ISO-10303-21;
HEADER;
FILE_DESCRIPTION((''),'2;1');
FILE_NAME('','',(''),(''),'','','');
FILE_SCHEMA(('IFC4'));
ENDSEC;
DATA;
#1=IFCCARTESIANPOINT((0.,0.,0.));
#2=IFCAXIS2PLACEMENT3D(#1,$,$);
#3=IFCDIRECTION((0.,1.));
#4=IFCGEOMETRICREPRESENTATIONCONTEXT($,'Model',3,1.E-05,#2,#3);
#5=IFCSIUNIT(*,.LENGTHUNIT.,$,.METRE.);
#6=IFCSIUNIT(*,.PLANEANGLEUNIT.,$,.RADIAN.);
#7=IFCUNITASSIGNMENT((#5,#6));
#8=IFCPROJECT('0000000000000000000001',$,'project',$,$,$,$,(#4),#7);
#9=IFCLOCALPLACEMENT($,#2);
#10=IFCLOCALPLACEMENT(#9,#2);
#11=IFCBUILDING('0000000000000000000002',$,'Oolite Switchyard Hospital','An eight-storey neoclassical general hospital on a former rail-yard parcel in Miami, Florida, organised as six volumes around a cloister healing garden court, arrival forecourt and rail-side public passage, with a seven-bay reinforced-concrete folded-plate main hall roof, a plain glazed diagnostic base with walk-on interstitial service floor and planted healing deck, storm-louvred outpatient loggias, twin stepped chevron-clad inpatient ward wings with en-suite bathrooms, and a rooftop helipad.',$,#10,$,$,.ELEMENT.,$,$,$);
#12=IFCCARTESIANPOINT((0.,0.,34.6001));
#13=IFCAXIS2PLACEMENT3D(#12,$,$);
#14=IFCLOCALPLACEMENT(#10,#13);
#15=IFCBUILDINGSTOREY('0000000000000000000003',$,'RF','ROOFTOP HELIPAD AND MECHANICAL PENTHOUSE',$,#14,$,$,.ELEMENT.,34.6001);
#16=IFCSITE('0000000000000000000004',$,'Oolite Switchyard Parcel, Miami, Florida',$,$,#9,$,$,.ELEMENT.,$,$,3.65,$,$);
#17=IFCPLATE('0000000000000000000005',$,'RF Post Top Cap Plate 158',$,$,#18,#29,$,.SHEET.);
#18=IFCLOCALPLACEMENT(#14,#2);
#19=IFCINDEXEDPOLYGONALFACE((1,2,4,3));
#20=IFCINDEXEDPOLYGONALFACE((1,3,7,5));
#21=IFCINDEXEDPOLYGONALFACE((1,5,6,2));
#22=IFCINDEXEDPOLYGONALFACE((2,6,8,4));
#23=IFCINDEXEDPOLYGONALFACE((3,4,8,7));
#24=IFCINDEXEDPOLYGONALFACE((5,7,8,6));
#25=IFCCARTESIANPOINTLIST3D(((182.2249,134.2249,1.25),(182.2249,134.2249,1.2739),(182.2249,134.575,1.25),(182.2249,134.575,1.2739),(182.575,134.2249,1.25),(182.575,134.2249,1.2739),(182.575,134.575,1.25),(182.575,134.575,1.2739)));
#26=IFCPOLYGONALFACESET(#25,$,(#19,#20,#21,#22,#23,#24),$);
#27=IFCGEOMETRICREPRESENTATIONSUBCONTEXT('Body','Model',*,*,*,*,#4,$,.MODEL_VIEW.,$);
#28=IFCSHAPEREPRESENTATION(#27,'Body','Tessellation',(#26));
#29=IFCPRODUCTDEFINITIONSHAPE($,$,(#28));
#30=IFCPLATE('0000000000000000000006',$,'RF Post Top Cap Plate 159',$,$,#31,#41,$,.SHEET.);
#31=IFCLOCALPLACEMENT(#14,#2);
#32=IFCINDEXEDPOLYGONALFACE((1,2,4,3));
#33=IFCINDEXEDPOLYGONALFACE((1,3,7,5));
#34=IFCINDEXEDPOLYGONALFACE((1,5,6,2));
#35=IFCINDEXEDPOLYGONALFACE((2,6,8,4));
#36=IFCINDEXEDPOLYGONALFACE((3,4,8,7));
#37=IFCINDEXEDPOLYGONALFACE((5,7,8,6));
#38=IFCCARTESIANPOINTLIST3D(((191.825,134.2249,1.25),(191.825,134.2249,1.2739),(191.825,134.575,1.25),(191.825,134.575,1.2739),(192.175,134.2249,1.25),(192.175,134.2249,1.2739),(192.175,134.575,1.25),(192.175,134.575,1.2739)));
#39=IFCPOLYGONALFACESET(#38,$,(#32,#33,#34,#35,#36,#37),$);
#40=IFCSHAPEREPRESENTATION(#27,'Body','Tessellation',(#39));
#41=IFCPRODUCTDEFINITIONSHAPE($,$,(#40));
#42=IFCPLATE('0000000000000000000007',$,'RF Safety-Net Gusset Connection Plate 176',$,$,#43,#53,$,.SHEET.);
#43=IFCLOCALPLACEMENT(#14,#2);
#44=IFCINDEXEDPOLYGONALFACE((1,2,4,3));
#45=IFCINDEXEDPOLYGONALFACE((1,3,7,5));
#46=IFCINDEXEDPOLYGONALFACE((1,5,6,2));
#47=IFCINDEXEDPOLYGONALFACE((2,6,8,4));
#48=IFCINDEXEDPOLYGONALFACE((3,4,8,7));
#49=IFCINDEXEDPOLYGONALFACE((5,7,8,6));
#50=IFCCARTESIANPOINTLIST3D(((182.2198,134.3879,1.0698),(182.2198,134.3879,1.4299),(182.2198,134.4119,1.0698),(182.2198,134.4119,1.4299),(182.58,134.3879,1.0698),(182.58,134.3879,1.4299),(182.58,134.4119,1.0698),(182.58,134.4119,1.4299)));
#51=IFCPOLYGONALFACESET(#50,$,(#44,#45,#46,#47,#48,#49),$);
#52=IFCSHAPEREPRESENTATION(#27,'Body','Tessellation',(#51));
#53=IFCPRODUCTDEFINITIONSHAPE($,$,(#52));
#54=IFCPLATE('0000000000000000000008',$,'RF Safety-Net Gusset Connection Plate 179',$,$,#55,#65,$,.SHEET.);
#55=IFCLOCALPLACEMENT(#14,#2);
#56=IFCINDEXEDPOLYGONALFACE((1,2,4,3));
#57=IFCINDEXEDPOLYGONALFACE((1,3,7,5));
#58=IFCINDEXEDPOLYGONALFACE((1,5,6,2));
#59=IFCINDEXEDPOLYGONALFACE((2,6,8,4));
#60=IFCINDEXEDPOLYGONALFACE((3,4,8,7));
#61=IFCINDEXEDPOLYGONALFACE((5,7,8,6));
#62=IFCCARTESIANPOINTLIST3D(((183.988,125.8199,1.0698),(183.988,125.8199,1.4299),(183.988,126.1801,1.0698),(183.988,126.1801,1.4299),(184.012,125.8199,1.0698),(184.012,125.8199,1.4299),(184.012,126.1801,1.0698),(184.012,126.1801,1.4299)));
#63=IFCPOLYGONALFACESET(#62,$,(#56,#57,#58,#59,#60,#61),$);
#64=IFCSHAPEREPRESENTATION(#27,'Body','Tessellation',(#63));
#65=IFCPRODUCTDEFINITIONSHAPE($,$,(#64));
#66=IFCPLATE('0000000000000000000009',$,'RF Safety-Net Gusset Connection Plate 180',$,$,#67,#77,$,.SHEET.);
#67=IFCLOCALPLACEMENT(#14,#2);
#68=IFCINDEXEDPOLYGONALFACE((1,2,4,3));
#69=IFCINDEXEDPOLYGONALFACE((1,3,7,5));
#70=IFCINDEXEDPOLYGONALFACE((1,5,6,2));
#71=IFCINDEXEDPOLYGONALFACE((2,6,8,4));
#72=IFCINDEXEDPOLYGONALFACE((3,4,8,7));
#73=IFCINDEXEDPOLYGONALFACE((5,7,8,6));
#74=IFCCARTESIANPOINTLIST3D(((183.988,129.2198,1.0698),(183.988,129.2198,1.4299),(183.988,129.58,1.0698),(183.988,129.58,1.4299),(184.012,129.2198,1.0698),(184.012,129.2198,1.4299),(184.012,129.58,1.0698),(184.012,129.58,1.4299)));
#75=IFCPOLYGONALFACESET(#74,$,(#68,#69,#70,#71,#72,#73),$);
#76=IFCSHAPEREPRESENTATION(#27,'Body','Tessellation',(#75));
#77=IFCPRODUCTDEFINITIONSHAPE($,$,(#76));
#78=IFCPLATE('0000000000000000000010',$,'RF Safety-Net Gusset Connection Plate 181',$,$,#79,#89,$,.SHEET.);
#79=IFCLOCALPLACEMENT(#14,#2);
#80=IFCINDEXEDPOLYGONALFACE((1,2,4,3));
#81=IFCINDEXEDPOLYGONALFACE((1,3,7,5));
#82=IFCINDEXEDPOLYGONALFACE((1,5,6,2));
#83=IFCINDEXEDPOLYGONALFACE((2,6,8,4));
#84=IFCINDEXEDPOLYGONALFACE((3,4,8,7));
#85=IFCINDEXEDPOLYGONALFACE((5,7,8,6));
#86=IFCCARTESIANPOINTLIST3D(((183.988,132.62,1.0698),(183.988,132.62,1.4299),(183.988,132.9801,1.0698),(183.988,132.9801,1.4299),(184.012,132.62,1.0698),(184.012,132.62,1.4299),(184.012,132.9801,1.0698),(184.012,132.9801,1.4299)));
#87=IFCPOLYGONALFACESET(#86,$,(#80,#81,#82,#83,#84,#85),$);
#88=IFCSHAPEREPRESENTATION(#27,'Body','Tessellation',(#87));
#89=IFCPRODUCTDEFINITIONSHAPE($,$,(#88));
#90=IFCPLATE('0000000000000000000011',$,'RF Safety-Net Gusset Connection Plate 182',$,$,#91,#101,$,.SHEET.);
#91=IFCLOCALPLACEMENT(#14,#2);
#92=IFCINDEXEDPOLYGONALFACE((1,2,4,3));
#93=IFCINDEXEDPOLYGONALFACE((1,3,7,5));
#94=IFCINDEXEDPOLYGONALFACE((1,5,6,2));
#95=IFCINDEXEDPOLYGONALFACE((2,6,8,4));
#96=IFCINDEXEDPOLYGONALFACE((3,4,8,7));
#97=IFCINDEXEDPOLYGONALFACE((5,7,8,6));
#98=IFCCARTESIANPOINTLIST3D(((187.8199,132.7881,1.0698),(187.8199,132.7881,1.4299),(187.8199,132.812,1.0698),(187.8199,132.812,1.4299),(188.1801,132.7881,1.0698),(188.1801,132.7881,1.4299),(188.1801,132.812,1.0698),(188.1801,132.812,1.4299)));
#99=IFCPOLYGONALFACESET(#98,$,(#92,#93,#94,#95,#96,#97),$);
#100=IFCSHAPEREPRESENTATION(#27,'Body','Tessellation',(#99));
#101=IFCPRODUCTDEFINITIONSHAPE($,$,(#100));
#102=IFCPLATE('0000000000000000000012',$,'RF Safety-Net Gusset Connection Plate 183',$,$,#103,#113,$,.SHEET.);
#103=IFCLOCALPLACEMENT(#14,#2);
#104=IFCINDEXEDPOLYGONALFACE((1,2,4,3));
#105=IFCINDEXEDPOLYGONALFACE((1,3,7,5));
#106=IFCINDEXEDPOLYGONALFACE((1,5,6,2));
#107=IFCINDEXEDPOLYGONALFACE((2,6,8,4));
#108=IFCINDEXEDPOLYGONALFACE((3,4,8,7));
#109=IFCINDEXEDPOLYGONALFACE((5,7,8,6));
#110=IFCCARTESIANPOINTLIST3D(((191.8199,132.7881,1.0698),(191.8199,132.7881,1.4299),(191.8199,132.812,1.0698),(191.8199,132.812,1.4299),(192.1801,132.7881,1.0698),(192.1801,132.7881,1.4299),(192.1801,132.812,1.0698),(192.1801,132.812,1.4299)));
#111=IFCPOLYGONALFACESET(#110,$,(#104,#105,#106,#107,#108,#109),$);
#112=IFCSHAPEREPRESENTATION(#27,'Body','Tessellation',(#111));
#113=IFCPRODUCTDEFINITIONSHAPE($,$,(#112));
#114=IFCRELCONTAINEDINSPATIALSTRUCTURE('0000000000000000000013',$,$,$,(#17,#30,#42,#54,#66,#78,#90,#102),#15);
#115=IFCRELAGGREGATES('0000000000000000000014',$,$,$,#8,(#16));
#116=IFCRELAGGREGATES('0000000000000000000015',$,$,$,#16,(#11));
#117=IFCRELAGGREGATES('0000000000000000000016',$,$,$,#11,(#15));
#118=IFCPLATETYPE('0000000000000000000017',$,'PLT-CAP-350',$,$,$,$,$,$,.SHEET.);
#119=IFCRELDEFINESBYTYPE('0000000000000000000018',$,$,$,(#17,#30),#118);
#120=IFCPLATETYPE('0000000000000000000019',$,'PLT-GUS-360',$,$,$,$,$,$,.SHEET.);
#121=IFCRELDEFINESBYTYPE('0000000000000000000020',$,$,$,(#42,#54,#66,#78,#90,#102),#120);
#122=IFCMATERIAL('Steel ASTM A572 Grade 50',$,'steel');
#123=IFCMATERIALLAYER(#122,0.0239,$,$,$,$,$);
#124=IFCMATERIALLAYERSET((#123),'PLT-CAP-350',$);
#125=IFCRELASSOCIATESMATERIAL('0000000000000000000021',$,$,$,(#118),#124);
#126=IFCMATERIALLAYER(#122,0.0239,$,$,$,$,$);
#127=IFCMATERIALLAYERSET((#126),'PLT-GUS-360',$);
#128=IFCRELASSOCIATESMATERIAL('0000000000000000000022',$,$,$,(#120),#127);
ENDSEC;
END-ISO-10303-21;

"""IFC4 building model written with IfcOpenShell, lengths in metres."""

from ifc_helpers import new_model, si_unit, direction, frame, origin, origin_2d, place, context, subcontext, project, spatial, rectangle, extrude, material, layer, layer_set, type_object, element, save


model = new_model("IFC4")

# Units and contexts
model_context = context("Model", 3, precision=1e-05, world=origin(), true_north=direction((0.0, 1.0)))
body_context = subcontext(model_context, "Body", "Model", "MODEL_VIEW")
ifc_project = project(units=[si_unit("LENGTHUNIT", "METRE"), si_unit("PLANEANGLEUNIT", "RADIAN")], contexts=[model_context])

# Site, building, storey
site_placement = place(None, origin())
site = spatial("IfcSite", under=ifc_project, at=site_placement, Name="Oolite Switchyard Parcel, Miami, Florida", CompositionType="ELEMENT", RefElevation=3.65)
building_placement = place(site_placement, origin())
building = spatial("IfcBuilding", under=site, at=building_placement, Name="Oolite Switchyard Hospital", Description="An eight-storey neoclassical general hospital on a former rail-yard parcel in Miami, Florida, organised as six volumes around a cloister healing garden court, arrival forecourt and rail-side public passage, with a seven-bay reinforced-concrete folded-plate main hall roof, a plain glazed diagnostic base with walk-on interstitial service floor and planted healing deck, storm-louvred outpatient loggias, twin stepped chevron-clad inpatient ward wings with en-suite bathrooms, and a rooftop helipad.", CompositionType="ELEMENT")
storey_placement = place(building_placement, frame((0.0, 0.0, 34.6001)))
storey = spatial("IfcBuildingStorey", under=building, at=storey_placement, Name="RF", Description="ROOFTOP HELIPAD AND MECHANICAL PENTHOUSE", CompositionType="ELEMENT", Elevation=34.6001)

# Plates
ifc_material_1 = material(Name="Steel ASTM A572 Grade 50", Category="steel")
ifc_layer_1 = layer(ifc_material_1, 0.0239)
ifc_layer_set_1 = layer_set([ifc_layer_1], Name="PLT-CAP-350")
plate_type_1 = type_object("IfcPlateType", Name="PLT-CAP-350", PredefinedType="SHEET", material=ifc_layer_set_1)
for number, where, z_axis, x_axis, name in (
    (1, (182.3999, 134.3999, 1.25), (0.0, 0.0, 1.0), (1.0, 0.0, 0.0), "RF Post Top Cap Plate 158"),
    (2, (192.0, 134.3999, 1.25), (0.0, 0.0, 1.0), (1.0, 0.0, 0.0), "RF Post Top Cap Plate 159"),
):
    element("IfcPlate", number, at=place(storey_placement, frame(where, z_axis=z_axis, x_axis=x_axis)), inside=storey, type_object=plate_type_1, Name=name, PredefinedType="SHEET", context=body_context, shape_type="SweptSolid", body=[
        extrude(rectangle(XDim=0.3501, YDim=0.3501, at=origin_2d()), origin(), (0.0, 0.0, 1.0), 0.0239),
    ])
ifc_layer_2 = layer(ifc_material_1, 0.0239)
ifc_layer_set_2 = layer_set([ifc_layer_2], Name="PLT-GUS-360")
plate_type_2 = type_object("IfcPlateType", Name="PLT-GUS-360", PredefinedType="SHEET", material=ifc_layer_set_2)
for number, where, z_axis, x_axis, name in (
    (3, (182.3999, 134.3999, 1.0698), (0.0, 0.0, 1.0), (1.0, 0.0, 0.0), "RF Safety-Net Gusset Connection Plate 176"),
    (4, (184.0, 126.0, 1.0698), (0.0, 0.0, 1.0), (0.0, 1.0, 0.0), "RF Safety-Net Gusset Connection Plate 179"),
    (5, (184.0, 129.3999, 1.0698), (0.0, 0.0, 1.0), (0.0, 1.0, 0.0), "RF Safety-Net Gusset Connection Plate 180"),
    (6, (184.0, 132.8, 1.0698), (0.0, 0.0, 1.0), (0.0, 1.0, 0.0), "RF Safety-Net Gusset Connection Plate 181"),
    (7, (188.0, 132.8, 1.0698), (0.0, 0.0, 1.0), (1.0, 0.0, 0.0), "RF Safety-Net Gusset Connection Plate 182"),
    (8, (192.0, 132.8, 1.0698), (0.0, 0.0, 1.0), (1.0, 0.0, 0.0), "RF Safety-Net Gusset Connection Plate 183"),
):
    element("IfcPlate", number, at=place(storey_placement, frame(where, z_axis=z_axis, x_axis=x_axis)), inside=storey, type_object=plate_type_2, Name=name, PredefinedType="SHEET", context=body_context, shape_type="SweptSolid", body=[
        extrude(rectangle(XDim=0.3601, YDim=0.0239, at=origin_2d()), origin(), (0.0, 0.0, 1.0), 0.3601),
    ])

save(model, "model.ifc")
